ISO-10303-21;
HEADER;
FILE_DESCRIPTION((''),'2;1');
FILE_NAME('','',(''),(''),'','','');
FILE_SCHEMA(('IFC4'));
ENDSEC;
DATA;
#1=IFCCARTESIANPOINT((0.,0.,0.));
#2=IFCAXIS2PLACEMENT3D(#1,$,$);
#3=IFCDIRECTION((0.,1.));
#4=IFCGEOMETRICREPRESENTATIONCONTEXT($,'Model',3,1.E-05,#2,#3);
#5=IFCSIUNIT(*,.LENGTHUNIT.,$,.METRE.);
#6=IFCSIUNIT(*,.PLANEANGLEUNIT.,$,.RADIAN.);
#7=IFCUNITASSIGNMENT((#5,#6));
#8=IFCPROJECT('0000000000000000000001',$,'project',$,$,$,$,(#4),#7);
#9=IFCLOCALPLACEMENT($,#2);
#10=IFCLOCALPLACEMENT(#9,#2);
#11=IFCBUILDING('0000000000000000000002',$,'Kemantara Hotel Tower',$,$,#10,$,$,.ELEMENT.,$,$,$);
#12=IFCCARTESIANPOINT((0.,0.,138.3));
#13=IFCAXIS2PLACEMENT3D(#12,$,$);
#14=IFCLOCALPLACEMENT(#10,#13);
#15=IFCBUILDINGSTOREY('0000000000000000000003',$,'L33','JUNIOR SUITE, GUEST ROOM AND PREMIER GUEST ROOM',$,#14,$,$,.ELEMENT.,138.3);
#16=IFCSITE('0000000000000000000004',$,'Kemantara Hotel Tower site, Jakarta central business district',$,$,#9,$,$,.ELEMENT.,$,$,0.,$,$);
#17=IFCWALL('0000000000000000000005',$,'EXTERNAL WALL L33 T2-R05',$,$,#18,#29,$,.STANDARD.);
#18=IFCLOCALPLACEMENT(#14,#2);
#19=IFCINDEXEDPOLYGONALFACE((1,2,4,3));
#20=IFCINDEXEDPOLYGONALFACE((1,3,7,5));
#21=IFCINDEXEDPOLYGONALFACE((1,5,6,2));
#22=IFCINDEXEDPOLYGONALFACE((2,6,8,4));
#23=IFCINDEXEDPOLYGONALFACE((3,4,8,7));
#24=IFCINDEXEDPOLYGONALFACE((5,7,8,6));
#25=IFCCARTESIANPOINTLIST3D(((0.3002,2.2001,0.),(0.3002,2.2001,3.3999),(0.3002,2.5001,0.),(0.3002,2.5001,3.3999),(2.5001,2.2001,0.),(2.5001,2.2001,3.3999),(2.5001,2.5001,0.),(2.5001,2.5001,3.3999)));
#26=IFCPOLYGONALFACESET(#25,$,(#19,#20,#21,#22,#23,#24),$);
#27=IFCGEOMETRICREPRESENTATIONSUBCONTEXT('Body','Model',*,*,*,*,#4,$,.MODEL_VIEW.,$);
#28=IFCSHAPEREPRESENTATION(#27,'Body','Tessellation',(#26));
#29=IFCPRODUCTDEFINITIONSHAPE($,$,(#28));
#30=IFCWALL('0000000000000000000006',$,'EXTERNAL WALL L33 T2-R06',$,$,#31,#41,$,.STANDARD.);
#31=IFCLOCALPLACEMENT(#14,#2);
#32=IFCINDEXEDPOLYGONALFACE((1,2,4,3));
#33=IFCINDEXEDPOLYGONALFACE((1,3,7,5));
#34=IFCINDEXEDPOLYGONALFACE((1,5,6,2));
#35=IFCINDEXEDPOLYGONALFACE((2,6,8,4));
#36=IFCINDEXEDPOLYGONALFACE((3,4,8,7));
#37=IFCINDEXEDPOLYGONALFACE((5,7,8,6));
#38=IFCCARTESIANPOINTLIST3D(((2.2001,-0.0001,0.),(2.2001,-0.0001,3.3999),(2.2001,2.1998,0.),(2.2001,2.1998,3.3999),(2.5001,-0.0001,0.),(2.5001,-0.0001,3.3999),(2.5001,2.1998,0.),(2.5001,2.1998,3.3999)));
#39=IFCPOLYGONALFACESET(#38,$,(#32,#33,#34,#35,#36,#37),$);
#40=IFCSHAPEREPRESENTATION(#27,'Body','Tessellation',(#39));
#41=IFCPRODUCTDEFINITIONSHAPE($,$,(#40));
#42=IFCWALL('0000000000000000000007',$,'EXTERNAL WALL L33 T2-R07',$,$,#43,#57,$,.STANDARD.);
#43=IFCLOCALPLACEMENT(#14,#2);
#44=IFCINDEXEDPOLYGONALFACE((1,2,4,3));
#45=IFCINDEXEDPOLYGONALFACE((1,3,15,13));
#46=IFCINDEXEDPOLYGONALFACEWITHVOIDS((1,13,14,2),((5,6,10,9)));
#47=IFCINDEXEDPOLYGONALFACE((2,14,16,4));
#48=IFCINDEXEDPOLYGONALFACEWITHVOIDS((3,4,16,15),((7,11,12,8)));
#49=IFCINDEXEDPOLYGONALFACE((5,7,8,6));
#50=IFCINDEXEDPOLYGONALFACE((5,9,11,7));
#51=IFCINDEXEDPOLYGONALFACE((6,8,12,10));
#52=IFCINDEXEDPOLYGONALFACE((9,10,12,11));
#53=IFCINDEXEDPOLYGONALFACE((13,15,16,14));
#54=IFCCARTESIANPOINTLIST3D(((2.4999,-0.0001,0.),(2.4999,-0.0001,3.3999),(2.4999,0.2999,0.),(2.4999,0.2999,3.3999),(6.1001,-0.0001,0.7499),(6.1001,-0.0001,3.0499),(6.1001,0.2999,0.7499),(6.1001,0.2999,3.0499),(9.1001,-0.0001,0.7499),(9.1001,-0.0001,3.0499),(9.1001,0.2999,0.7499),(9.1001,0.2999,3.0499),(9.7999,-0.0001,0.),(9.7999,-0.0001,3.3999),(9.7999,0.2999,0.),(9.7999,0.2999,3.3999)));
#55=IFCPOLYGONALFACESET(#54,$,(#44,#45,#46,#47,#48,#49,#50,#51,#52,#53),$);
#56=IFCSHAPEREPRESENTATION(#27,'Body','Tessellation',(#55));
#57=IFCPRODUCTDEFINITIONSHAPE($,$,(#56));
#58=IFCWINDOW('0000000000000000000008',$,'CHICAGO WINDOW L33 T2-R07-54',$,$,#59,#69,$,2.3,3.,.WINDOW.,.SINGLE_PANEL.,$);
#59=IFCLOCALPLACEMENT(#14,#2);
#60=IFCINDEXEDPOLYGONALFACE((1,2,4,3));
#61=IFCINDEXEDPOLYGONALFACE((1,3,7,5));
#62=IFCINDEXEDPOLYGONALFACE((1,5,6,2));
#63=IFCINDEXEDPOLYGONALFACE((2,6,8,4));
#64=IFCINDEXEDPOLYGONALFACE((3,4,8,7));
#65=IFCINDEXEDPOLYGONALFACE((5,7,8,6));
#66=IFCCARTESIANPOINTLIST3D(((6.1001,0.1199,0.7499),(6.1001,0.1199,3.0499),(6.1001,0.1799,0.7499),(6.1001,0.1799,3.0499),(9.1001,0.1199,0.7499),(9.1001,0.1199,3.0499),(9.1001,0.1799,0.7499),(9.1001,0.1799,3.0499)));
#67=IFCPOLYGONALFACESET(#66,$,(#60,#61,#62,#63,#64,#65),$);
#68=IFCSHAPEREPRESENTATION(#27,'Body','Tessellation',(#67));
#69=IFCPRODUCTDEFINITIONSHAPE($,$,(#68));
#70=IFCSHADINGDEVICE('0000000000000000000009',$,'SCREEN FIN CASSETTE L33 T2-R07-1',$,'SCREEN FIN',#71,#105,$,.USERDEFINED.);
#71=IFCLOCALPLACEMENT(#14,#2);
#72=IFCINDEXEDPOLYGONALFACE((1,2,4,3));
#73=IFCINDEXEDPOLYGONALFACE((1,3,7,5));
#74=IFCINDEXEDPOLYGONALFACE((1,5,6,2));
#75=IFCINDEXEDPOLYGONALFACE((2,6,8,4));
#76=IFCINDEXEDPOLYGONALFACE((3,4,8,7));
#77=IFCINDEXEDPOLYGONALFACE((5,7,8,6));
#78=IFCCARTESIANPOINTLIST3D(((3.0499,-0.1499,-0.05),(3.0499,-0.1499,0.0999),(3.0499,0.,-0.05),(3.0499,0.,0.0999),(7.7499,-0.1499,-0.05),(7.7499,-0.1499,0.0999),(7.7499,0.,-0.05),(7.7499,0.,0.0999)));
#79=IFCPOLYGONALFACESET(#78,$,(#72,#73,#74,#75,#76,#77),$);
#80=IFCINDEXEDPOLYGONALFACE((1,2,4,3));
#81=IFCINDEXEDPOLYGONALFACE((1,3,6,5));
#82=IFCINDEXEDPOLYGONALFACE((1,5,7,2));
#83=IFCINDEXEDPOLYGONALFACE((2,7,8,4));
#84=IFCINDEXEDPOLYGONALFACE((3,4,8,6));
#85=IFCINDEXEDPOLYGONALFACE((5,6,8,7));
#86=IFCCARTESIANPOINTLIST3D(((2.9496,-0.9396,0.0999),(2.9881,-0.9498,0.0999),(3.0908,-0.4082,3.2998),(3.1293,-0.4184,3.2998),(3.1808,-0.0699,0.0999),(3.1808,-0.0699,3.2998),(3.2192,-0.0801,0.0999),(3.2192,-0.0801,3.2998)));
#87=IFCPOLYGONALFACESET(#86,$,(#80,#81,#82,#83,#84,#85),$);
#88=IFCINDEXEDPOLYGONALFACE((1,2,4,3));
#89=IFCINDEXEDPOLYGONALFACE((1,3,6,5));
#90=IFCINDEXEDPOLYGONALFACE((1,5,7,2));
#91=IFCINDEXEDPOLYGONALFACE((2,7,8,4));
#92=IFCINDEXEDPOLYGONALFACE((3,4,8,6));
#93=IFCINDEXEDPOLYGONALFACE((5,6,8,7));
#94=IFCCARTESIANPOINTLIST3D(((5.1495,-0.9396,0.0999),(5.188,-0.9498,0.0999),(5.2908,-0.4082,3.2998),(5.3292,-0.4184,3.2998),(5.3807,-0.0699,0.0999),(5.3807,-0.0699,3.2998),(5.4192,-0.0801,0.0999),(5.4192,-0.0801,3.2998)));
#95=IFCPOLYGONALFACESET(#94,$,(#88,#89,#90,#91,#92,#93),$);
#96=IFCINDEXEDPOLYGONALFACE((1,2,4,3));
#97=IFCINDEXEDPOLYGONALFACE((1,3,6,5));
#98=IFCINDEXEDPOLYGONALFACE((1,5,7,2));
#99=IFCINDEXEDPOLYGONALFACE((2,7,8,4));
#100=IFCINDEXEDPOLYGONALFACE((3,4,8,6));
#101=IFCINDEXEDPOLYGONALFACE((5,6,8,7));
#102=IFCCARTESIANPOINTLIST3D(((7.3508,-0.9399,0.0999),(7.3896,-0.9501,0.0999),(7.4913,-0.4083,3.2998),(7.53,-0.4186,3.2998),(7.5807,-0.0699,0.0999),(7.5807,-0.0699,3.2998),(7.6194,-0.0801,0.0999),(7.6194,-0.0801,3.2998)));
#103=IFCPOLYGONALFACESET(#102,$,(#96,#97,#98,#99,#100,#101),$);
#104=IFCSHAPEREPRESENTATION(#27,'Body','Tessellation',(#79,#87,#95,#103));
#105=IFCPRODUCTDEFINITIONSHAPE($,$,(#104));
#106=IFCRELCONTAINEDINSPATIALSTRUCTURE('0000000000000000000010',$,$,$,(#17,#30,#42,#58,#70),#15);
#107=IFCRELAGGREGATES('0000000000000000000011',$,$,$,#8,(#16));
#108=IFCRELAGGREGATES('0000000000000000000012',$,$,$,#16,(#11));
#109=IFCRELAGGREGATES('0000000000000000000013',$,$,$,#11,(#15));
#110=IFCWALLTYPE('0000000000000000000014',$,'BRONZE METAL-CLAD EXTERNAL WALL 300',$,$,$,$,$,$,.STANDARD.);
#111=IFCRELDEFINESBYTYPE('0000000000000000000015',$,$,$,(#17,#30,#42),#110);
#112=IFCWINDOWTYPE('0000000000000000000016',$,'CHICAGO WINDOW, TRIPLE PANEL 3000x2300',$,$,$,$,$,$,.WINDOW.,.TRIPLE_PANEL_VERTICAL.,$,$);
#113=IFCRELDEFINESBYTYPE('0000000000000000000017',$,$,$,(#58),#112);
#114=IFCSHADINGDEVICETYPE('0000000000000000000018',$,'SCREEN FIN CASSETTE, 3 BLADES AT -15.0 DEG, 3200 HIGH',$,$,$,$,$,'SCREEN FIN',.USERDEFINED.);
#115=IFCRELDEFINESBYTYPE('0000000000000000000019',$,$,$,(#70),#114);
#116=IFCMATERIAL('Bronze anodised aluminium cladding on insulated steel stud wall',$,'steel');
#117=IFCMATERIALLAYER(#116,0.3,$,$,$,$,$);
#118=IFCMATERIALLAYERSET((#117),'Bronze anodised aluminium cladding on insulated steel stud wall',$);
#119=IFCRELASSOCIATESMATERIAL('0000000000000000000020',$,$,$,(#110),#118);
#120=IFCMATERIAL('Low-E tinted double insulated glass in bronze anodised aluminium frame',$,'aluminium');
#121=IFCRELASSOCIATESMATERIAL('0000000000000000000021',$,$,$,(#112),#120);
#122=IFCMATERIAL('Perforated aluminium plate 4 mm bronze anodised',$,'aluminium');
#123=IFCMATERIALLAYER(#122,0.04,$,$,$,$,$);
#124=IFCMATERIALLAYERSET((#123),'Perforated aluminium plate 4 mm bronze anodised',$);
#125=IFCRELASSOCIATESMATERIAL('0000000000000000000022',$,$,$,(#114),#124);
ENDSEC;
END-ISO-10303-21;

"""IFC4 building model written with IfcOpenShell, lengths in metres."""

from ifc_helpers import new_model, si_unit, direction, frame, frame_2d, origin, origin_2d, place, context, subcontext, project, spatial, polyline, rectangle, outline, extrude, source, transform, mapped, material, layer, layer_set, type_object, element, fill, save


model = new_model("IFC4")

# Units and contexts
model_context = context("Model", 3, precision=1e-05, world=origin(), true_north=direction((0.0, 1.0)))
body_context = subcontext(model_context, "Body", "Model", "MODEL_VIEW")
ifc_project = project(units=[si_unit("LENGTHUNIT", "METRE"), si_unit("PLANEANGLEUNIT", "RADIAN")], contexts=[model_context])

# Site, building, storey
site_placement = place(None, origin())
site = spatial("IfcSite", under=ifc_project, at=site_placement, Name="Kemantara Hotel Tower site, Jakarta central business district", CompositionType="ELEMENT", RefElevation=0.0)
building_placement = place(site_placement, origin())
building = spatial("IfcBuilding", under=site, at=building_placement, Name="Kemantara Hotel Tower", CompositionType="ELEMENT")
storey_placement = place(building_placement, frame((0.0, 0.0, 138.3)))
storey = spatial("IfcBuildingStorey", under=building, at=storey_placement, Name="L33", Description="JUNIOR SUITE, GUEST ROOM AND PREMIER GUEST ROOM", CompositionType="ELEMENT", Elevation=138.3)

# Walls
ifc_material_1 = material(Name="Bronze anodised aluminium cladding on insulated steel stud wall", Category="steel")
ifc_layer_1 = layer(ifc_material_1, 0.3)
ifc_layer_set_1 = layer_set([ifc_layer_1], Name="Bronze anodised aluminium cladding on insulated steel stud wall")
wall_type = type_object("IfcWallType", Name="BRONZE METAL-CLAD EXTERNAL WALL 300", PredefinedType="STANDARD", material=ifc_layer_set_1)
for number, where, z_axis, x_axis, name in (
    (1, (0.3, 2.3501, 0.0), (0.0, 0.0, 1.0), (1.0, 0.0, 0.0), "EXTERNAL WALL L33 T2-R05"),
    (2, (2.3501, 2.2, 0.0), (0.0, 0.0, 1.0), (0.0, -1.0, 0.0), "EXTERNAL WALL L33 T2-R06"),
):
    element("IfcWall", number, at=place(storey_placement, frame(where, z_axis=z_axis, x_axis=x_axis)), inside=storey, type_object=wall_type, Name=name, PredefinedType="STANDARD", context=body_context, shape_type="SweptSolid", body=[
        extrude(rectangle(XDim=2.2, YDim=0.3, at=frame_2d((1.1001, 0.0))), origin(), (0.0, 0.0, 1.0), 3.3999),
    ])

# Wall, opening, window
wall_placement = place(storey_placement, frame((2.5, 0.1499, 0.0), z_axis=(0.0, 0.0, 1.0), x_axis=(1.0, 0.0, 0.0)))
wall = element("IfcWall", 3, at=wall_placement, inside=storey, type_object=wall_type, Name="EXTERNAL WALL L33 T2-R07", PredefinedType="STANDARD", context=body_context, shape_type="SweptSolid", body=[
    extrude(rectangle(XDim=7.3, YDim=0.3, at=frame_2d((3.6499, 0.0))), origin(), (0.0, 0.0, 1.0), 3.3999),
])
opening_placement = place(wall_placement, frame((3.6001, 0.0, 0.75)))
opening = element("IfcOpeningElement", 4, at=opening_placement, cuts=wall, PredefinedType="OPENING", context=body_context, shape_type="SweptSolid", body=[
    extrude(rectangle(XDim=3.0, YDim=2.3, at=frame_2d((1.5, 1.1499))), frame((0.0, 0.1599, 0.0), z_axis=(0.0, -1.0, 0.0), x_axis=(1.0, 0.0, 0.0)), (0.0, 0.0, 1.0), 0.3201),
])
ifc_material_2 = material(Name="Low-E tinted double insulated glass in bronze anodised aluminium frame", Category="aluminium")
window_type = type_object("IfcWindowType", Name="CHICAGO WINDOW, TRIPLE PANEL 3000x2300", PartitioningType="TRIPLE_PANEL_VERTICAL", PredefinedType="WINDOW", material=ifc_material_2)
window_placement = place(opening_placement, origin())
window = element("IfcWindow", 5, at=window_placement, inside=storey, type_object=window_type, Name="CHICAGO WINDOW L33 T2-R07-54", OverallHeight=2.3, OverallWidth=3.0, PartitioningType="SINGLE_PANEL", PredefinedType="WINDOW", context=body_context, shape_type="SweptSolid", body=[
    extrude(rectangle(XDim=3.0, YDim=2.3, at=frame_2d((1.5, 1.1499))), frame((0.0, 0.03, 0.0), z_axis=(0.0, -1.0, 0.0), x_axis=(1.0, 0.0, 0.0)), (0.0, 0.0, 1.0), 0.0601),
])
fill(opening, window)

# Shading device
ifc_material_3 = material(Name="Perforated aluminium plate 4 mm bronze anodised", Category="aluminium")
ifc_layer_2 = layer(ifc_material_3, 0.04)
ifc_layer_set_2 = layer_set([ifc_layer_2], Name="Perforated aluminium plate 4 mm bronze anodised")
shading_device_type = type_object("IfcShadingDeviceType", Name="SCREEN FIN CASSETTE, 3 BLADES AT -15.0 DEG, 3200 HIGH", ElementType="SCREEN FIN", PredefinedType="USERDEFINED", material=ifc_layer_set_2)
shared_shape = source(origin(), body_context, "Body", "SweptSolid", [
    extrude(rectangle(XDim=4.7, YDim=0.1499, at=origin_2d()), frame((2.2, -0.075, -0.1499), z_axis=(0.0, 0.0, 1.0), x_axis=(1.0, 0.0, 0.0)), (0.0, 0.0, 1.0), 0.1499),
    extrude(outline(polyline([(0.0, 0.0), (0.8999, 0.0), (0.3501, 3.2), (0.0, 3.2), (0.0, 0.0)])), frame((0.0193, -0.0801, 0.0), z_axis=(-0.966438, 0.256901, 0.0), x_axis=(-0.256901, -0.966438, 0.0)), (0.0, 0.0, 1.0), 0.0398),
    extrude(outline(polyline([(0.0, 0.0), (0.8999, 0.0), (0.3501, 3.2), (0.0, 3.2), (0.0, 0.0)])), frame((2.2192, -0.0801, 0.0), z_axis=(-0.966438, 0.256901, 0.0), x_axis=(-0.256901, -0.966438, 0.0)), (0.0, 0.0, 1.0), 0.0398),
    extrude(outline(polyline([(0.0, 0.0), (0.8999, 0.0), (0.3501, 3.2), (0.0, 3.2), (0.0, 0.0)])), frame((4.4194, -0.0801, 0.0), z_axis=(-0.966838, 0.255391, 0.0), x_axis=(-0.255391, -0.966838, 0.0)), (0.0, 0.0, 1.0), 0.04),
])
shading_device_placement = place(storey_placement, frame((3.2, 0.0, 0.0999), z_axis=(0.0, 0.0, 1.0), x_axis=(1.0, 0.0, 0.0)))
element("IfcShadingDevice", 6, at=shading_device_placement, inside=storey, type_object=shading_device_type, Name="SCREEN FIN CASSETTE L33 T2-R07-1", ObjectType="SCREEN FIN", PredefinedType="USERDEFINED", context=body_context, shape_type="MappedRepresentation", body=[
    mapped(shared_shape, transform((0.0, 0.0, 0.0))),
])

save(model, "model.ifc")
